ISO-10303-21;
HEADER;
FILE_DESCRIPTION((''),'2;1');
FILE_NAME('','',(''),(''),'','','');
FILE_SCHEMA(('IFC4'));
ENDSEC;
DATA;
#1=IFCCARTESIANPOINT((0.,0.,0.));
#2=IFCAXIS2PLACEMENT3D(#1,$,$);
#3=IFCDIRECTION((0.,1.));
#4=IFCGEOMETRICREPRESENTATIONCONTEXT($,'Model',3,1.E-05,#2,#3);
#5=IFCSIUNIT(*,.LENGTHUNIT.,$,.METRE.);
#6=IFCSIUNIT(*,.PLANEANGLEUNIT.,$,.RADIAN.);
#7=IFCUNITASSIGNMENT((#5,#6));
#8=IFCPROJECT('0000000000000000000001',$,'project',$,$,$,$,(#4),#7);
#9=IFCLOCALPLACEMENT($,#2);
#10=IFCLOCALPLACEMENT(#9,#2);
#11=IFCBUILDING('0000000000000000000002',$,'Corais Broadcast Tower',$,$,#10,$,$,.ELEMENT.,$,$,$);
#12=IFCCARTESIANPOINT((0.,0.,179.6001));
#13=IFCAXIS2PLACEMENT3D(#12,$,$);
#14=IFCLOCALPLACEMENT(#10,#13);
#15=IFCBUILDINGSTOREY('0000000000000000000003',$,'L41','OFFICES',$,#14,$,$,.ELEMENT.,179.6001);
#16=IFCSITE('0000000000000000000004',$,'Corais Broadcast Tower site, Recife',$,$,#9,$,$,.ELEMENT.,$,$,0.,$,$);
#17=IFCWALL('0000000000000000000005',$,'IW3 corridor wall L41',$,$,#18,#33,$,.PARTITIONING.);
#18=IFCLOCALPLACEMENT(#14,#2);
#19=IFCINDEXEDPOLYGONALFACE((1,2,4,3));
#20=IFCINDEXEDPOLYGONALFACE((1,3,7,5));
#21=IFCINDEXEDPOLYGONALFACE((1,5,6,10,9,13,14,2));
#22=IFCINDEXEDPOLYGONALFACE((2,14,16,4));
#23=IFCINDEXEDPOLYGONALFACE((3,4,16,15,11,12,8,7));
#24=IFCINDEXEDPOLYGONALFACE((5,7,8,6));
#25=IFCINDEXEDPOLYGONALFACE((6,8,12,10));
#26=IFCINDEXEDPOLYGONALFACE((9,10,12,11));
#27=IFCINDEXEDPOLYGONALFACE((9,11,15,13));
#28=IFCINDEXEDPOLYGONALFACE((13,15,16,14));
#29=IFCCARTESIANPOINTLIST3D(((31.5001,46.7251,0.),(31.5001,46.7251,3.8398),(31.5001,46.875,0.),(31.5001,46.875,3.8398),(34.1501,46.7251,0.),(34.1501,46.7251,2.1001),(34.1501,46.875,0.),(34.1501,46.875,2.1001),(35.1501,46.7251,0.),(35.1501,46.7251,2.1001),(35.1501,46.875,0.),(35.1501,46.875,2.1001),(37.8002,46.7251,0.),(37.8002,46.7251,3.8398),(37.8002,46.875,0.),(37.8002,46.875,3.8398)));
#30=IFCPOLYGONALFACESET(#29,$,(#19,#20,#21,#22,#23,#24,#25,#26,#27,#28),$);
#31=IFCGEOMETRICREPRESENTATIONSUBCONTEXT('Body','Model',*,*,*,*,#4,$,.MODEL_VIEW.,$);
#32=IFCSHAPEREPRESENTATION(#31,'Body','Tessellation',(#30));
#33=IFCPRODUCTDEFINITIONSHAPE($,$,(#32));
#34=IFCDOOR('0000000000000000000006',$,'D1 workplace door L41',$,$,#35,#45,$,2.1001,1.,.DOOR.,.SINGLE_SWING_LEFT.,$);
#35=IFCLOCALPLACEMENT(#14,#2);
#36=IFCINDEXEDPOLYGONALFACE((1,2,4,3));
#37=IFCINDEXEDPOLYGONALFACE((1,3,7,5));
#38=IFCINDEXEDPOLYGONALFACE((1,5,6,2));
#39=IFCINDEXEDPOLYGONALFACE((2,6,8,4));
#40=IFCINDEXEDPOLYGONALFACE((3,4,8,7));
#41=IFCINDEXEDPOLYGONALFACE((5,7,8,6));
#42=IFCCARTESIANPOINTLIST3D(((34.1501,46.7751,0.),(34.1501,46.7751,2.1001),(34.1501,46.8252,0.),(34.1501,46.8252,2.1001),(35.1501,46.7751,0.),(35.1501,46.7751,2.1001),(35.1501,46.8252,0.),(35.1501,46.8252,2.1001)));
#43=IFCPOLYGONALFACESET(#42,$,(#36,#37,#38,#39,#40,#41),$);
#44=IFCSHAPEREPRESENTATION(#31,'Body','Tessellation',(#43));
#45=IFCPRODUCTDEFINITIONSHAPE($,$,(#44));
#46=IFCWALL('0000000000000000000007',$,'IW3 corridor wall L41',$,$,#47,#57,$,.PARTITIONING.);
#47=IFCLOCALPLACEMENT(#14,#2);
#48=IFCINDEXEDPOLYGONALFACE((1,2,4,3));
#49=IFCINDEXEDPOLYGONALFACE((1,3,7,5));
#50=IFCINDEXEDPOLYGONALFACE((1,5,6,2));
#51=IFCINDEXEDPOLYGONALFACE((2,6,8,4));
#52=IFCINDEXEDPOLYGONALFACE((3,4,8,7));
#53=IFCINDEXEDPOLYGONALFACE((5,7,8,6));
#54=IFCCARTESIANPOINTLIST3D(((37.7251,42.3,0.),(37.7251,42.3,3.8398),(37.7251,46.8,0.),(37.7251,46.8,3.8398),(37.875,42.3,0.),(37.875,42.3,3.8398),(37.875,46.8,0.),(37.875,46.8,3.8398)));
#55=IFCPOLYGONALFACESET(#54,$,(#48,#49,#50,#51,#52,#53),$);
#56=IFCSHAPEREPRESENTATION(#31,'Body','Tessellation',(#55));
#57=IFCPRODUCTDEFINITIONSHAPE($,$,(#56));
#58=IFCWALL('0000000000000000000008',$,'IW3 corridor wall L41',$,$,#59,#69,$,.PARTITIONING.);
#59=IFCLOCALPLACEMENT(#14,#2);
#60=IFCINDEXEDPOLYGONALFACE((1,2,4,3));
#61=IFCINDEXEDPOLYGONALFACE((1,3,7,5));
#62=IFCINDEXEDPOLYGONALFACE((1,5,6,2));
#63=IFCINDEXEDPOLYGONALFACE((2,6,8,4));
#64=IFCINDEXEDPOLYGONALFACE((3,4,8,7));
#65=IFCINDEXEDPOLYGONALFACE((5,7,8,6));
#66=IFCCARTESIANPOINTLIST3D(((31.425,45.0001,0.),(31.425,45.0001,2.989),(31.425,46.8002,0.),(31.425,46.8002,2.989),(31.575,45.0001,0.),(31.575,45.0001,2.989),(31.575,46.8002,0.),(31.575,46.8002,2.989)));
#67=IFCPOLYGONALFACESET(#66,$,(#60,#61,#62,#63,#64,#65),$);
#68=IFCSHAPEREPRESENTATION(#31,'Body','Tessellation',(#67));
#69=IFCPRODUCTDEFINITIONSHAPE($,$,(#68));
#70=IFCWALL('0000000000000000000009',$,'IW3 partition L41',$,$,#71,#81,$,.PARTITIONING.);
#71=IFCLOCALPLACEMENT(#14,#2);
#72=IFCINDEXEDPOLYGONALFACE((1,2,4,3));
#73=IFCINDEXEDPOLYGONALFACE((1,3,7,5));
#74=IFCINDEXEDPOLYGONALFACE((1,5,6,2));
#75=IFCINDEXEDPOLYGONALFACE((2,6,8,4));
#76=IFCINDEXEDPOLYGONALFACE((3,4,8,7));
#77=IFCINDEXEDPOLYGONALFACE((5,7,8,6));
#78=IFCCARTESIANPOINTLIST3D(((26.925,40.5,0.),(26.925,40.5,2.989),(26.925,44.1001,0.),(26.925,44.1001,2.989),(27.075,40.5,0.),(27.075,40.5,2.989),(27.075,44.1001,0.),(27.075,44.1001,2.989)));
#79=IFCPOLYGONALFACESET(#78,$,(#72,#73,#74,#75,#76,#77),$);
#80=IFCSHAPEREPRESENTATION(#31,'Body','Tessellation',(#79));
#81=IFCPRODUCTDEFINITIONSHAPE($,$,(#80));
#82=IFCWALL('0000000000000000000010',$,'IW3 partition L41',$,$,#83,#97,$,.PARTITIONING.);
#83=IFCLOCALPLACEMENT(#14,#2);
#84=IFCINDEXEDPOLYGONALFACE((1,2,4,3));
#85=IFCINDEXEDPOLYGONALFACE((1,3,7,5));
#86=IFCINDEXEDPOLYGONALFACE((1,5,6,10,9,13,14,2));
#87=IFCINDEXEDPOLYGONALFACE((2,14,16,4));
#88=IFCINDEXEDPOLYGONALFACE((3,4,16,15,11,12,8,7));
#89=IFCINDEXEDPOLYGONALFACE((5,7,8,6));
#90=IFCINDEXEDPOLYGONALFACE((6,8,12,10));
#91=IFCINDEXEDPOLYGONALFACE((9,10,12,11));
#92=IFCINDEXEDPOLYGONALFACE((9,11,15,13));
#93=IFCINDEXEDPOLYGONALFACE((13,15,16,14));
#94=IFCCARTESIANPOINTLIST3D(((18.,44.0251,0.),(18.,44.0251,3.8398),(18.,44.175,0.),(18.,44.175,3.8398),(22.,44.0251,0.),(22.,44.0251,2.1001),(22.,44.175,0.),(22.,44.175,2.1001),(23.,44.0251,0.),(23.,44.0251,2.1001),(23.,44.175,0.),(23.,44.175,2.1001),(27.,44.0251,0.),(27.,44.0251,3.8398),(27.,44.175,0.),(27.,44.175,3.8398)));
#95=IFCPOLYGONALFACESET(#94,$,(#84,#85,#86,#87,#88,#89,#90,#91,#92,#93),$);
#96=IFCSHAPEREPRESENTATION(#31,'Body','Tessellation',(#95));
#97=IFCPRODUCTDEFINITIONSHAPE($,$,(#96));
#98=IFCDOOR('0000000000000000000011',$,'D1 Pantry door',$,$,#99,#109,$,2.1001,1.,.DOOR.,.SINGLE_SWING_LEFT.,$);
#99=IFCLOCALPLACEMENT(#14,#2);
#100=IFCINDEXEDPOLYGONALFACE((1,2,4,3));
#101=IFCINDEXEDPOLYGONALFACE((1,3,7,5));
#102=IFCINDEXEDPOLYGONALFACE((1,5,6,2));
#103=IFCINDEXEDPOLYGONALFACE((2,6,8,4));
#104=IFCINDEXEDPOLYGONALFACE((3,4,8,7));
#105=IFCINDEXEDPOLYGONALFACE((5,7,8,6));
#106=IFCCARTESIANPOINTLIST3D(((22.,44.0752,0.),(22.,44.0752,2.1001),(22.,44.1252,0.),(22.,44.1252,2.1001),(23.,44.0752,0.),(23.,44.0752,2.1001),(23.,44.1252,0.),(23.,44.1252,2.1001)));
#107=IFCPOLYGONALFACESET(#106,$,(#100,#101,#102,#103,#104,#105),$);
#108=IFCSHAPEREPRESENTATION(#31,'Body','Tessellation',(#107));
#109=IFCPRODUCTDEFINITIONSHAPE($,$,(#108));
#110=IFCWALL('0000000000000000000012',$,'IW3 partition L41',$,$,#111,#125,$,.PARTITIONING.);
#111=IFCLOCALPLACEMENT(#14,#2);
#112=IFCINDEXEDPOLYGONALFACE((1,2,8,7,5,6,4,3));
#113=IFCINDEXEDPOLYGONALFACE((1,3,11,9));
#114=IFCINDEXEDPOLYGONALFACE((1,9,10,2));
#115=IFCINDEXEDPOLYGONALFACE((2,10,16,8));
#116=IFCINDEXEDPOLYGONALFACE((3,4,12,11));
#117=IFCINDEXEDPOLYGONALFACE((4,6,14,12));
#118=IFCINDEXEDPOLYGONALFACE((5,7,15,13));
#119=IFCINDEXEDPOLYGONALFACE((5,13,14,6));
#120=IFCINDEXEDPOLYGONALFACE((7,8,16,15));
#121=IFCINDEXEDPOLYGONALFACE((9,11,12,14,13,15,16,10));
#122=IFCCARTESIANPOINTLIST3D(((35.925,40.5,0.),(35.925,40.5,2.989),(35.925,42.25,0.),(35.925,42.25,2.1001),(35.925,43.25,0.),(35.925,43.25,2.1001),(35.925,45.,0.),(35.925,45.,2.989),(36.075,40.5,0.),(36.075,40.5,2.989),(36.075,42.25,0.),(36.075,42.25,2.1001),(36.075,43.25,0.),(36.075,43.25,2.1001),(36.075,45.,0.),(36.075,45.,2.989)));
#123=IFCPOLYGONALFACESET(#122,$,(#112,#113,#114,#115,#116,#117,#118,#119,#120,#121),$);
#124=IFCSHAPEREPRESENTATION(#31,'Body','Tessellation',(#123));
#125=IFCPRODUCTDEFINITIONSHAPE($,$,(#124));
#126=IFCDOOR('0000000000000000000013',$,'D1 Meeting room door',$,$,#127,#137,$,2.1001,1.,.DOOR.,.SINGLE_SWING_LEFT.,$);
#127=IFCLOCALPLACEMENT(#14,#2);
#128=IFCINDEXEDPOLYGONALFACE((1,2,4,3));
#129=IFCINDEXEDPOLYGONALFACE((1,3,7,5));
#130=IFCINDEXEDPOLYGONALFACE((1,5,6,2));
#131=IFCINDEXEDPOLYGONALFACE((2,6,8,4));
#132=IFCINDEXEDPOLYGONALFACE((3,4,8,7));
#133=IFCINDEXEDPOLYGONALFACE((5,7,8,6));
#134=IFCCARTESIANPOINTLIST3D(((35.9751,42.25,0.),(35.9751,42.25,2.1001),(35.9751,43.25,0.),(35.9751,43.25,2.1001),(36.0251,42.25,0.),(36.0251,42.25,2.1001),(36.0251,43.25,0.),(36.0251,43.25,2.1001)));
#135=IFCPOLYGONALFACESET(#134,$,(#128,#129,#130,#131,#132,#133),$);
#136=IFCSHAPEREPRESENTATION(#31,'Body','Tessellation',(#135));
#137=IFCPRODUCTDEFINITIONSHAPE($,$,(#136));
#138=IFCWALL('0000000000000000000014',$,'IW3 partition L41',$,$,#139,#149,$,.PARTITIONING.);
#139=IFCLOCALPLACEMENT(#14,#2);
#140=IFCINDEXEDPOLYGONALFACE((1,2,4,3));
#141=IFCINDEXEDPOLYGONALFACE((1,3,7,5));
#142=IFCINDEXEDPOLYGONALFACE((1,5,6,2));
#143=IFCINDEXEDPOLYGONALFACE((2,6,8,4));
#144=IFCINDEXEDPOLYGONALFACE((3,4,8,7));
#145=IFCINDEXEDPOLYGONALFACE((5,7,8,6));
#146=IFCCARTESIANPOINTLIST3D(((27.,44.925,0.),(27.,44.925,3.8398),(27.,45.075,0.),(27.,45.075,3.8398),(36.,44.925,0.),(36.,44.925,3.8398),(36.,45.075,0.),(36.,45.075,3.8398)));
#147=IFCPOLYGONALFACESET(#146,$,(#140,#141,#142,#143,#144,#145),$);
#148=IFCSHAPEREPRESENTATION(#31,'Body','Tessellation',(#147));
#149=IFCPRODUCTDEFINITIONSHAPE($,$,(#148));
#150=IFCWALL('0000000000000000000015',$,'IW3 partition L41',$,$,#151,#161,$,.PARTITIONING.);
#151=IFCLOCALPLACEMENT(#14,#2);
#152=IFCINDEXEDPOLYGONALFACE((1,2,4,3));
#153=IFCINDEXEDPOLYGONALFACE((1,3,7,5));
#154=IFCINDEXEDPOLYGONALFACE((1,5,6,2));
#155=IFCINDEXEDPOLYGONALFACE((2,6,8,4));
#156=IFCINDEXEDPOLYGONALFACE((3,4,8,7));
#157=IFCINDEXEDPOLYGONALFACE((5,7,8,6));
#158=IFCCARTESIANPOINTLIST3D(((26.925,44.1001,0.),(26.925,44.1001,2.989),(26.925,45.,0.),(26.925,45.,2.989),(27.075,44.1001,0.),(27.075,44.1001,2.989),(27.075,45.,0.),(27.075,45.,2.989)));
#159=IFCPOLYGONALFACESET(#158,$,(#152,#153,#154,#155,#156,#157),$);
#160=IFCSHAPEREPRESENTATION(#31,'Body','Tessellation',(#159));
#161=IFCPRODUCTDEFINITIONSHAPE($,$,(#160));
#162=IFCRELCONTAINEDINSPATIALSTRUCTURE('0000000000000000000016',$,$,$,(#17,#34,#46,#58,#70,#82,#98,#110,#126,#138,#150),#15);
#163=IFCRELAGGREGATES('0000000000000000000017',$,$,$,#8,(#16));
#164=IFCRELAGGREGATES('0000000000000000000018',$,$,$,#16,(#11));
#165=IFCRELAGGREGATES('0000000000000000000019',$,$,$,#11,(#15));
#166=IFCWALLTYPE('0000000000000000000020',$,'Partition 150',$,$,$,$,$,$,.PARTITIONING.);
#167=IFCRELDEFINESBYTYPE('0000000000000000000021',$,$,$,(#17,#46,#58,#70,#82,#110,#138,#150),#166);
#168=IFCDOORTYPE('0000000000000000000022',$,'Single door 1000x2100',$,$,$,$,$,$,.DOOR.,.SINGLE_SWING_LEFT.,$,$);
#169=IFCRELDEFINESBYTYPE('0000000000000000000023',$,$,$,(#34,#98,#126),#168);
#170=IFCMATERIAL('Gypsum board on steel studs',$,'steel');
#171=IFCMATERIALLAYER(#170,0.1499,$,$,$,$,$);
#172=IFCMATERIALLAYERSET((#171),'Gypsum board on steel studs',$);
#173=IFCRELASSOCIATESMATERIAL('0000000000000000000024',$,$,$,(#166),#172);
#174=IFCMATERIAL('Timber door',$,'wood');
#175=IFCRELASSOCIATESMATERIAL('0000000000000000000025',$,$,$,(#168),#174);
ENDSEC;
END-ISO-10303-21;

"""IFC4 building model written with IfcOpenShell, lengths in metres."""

from ifc_helpers import new_model, si_unit, direction, frame, frame_2d, origin, place, context, subcontext, project, spatial, rectangle, extrude, material, layer, layer_set, type_object, element, fill, save


model = new_model("IFC4")

# Units and contexts
model_context = context("Model", 3, precision=1e-05, world=origin(), true_north=direction((0.0, 1.0)))
body_context = subcontext(model_context, "Body", "Model", "MODEL_VIEW")
ifc_project = project(units=[si_unit("LENGTHUNIT", "METRE"), si_unit("PLANEANGLEUNIT", "RADIAN")], contexts=[model_context])

# Site, building, storey
site_placement = place(None, origin())
site = spatial("IfcSite", under=ifc_project, at=site_placement, Name="Corais Broadcast Tower site, Recife", CompositionType="ELEMENT", RefElevation=0.0)
building_placement = place(site_placement, origin())
building = spatial("IfcBuilding", under=site, at=building_placement, Name="Corais Broadcast Tower", CompositionType="ELEMENT")
storey_placement = place(building_placement, frame((0.0, 0.0, 179.6001)))
storey = spatial("IfcBuildingStorey", under=building, at=storey_placement, Name="L41", Description="OFFICES", CompositionType="ELEMENT", Elevation=179.6001)

# Wall, opening, door
ifc_material_1 = material(Name="Gypsum board on steel studs", Category="steel")
ifc_layer_1 = layer(ifc_material_1, 0.1499)
ifc_layer_set_1 = layer_set([ifc_layer_1], Name="Gypsum board on steel studs")
wall_type_1 = type_object("IfcWallType", Name="Partition 150", PredefinedType="PARTITIONING", material=ifc_layer_set_1)
wall_1_placement = place(storey_placement, frame((37.8, 46.8, 0.0), z_axis=(0.0, 0.0, 1.0), x_axis=(-1.0, 0.0, 0.0)))
wall_1 = element("IfcWall", 1, at=wall_1_placement, inside=storey, type_object=wall_type_1, Name="IW3 corridor wall L41", PredefinedType="PARTITIONING", context=body_context, shape_type="SweptSolid", body=[
    extrude(rectangle(XDim=6.3, YDim=0.1499, at=frame_2d((3.1499, 0.0))), origin(), (0.0, 0.0, 1.0), 3.8398),
])
opening_1_placement = place(wall_1_placement, frame((2.6499, 0.0, 0.0)))
opening_1 = element("IfcOpeningElement", 2, at=opening_1_placement, cuts=wall_1, PredefinedType="OPENING", context=body_context, shape_type="SweptSolid", body=[
    extrude(rectangle(XDim=1.0, YDim=2.1001, at=frame_2d((0.5, 1.05))), frame((0.0, 0.085, 0.0), z_axis=(0.0, -1.0, 0.0), x_axis=(1.0, 0.0, 0.0)), (0.0, 0.0, 1.0), 0.1699),
])
ifc_material_2 = material(Name="Timber door", Category="wood")
door_type = type_object("IfcDoorType", Name="Single door 1000x2100", OperationType="SINGLE_SWING_LEFT", PredefinedType="DOOR", material=ifc_material_2)
door_1_placement = place(opening_1_placement, origin())
door_1 = element("IfcDoor", 3, at=door_1_placement, inside=storey, type_object=door_type, Name="D1 workplace door L41", OperationType="SINGLE_SWING_LEFT", OverallHeight=2.1001, OverallWidth=1.0, PredefinedType="DOOR", context=body_context, shape_type="SweptSolid", body=[
    extrude(rectangle(XDim=1.0, YDim=2.1001, at=frame_2d((0.5, 1.05))), frame((0.0, 0.0249, 0.0), z_axis=(0.0, -1.0, 0.0), x_axis=(1.0, 0.0, 0.0)), (0.0, 0.0, 1.0), 0.05),
])
fill(opening_1, door_1)

# Walls
wall_2_placement = place(storey_placement, frame((37.8, 42.3, 0.0), z_axis=(0.0, 0.0, 1.0), x_axis=(0.0, 1.0, 0.0)))
element("IfcWall", 4, at=wall_2_placement, inside=storey, type_object=wall_type_1, Name="IW3 corridor wall L41", PredefinedType="PARTITIONING", context=body_context, shape_type="SweptSolid", body=[
    extrude(rectangle(XDim=4.5, YDim=0.1499, at=frame_2d((2.25, 0.0))), origin(), (0.0, 0.0, 1.0), 3.8398),
])
wall_3_placement = place(storey_placement, frame((31.5, 46.8, 0.0), z_axis=(0.0, 0.0, 1.0), x_axis=(0.0, -1.0, 0.0)))
element("IfcWall", 5, at=wall_3_placement, inside=storey, type_object=wall_type_1, Name="IW3 corridor wall L41", PredefinedType="PARTITIONING", context=body_context, shape_type="SweptSolid", body=[
    extrude(rectangle(XDim=1.8, YDim=0.1499, at=frame_2d((0.8999, 0.0))), origin(), (0.0, 0.0, 1.0), 2.989),
])
wall_4_placement = place(storey_placement, frame((27.0, 40.5, 0.0), z_axis=(0.0, 0.0, 1.0), x_axis=(0.0, 1.0, 0.0)))
element("IfcWall", 6, at=wall_4_placement, inside=storey, type_object=wall_type_1, Name="IW3 partition L41", PredefinedType="PARTITIONING", context=body_context, shape_type="SweptSolid", body=[
    extrude(rectangle(XDim=3.6001, YDim=0.1499, at=frame_2d((1.8, 0.0))), origin(), (0.0, 0.0, 1.0), 2.989),
])

# Walls, openings, doors
wall_5_placement = place(storey_placement, frame((27.0, 44.1001, 0.0), z_axis=(0.0, 0.0, 1.0), x_axis=(-1.0, 0.0, 0.0)))
wall_5 = element("IfcWall", 7, at=wall_5_placement, inside=storey, type_object=wall_type_1, Name="IW3 partition L41", PredefinedType="PARTITIONING", context=body_context, shape_type="SweptSolid", body=[
    extrude(rectangle(XDim=9.0, YDim=0.1499, at=frame_2d((4.5, 0.0))), origin(), (0.0, 0.0, 1.0), 3.8398),
])
opening_2_placement = place(wall_5_placement, frame((4.0, 0.0, 0.0)))
opening_2 = element("IfcOpeningElement", 8, at=opening_2_placement, cuts=wall_5, PredefinedType="OPENING", context=body_context, shape_type="SweptSolid", body=[
    extrude(rectangle(XDim=1.0, YDim=2.1001, at=frame_2d((0.5, 1.05))), frame((0.0, 0.085, 0.0), z_axis=(0.0, -1.0, 0.0), x_axis=(1.0, 0.0, 0.0)), (0.0, 0.0, 1.0), 0.1699),
])
door_2_placement = place(opening_2_placement, origin())
door_2 = element("IfcDoor", 9, at=door_2_placement, inside=storey, type_object=door_type, Name="D1 Pantry door", OperationType="SINGLE_SWING_LEFT", OverallHeight=2.1001, OverallWidth=1.0, PredefinedType="DOOR", context=body_context, shape_type="SweptSolid", body=[
    extrude(rectangle(XDim=1.0, YDim=2.1001, at=frame_2d((0.5, 1.05))), frame((0.0, 0.0249, 0.0), z_axis=(0.0, -1.0, 0.0), x_axis=(1.0, 0.0, 0.0)), (0.0, 0.0, 1.0), 0.05),
])
fill(opening_2, door_2)
wall_6_placement = place(storey_placement, frame((36.0, 40.5, 0.0), z_axis=(0.0, 0.0, 1.0), x_axis=(0.0, 1.0, 0.0)))
wall_6 = element("IfcWall", 10, at=wall_6_placement, inside=storey, type_object=wall_type_1, Name="IW3 partition L41", PredefinedType="PARTITIONING", context=body_context, shape_type="SweptSolid", body=[
    extrude(rectangle(XDim=4.5, YDim=0.1499, at=frame_2d((2.25, 0.0))), origin(), (0.0, 0.0, 1.0), 2.989),
])
opening_3_placement = place(wall_6_placement, frame((1.75, 0.0, 0.0)))
opening_3 = element("IfcOpeningElement", 11, at=opening_3_placement, cuts=wall_6, PredefinedType="OPENING", context=body_context, shape_type="SweptSolid", body=[
    extrude(rectangle(XDim=1.0, YDim=2.1001, at=frame_2d((0.5, 1.05))), frame((0.0, 0.085, 0.0), z_axis=(0.0, -1.0, 0.0), x_axis=(1.0, 0.0, 0.0)), (0.0, 0.0, 1.0), 0.1699),
])
door_3_placement = place(opening_3_placement, origin())
door_3 = element("IfcDoor", 12, at=door_3_placement, inside=storey, type_object=door_type, Name="D1 Meeting room door", OperationType="SINGLE_SWING_LEFT", OverallHeight=2.1001, OverallWidth=1.0, PredefinedType="DOOR", context=body_context, shape_type="SweptSolid", body=[
    extrude(rectangle(XDim=1.0, YDim=2.1001, at=frame_2d((0.5, 1.05))), frame((0.0, 0.0249, 0.0), z_axis=(0.0, -1.0, 0.0), x_axis=(1.0, 0.0, 0.0)), (0.0, 0.0, 1.0), 0.05),
])
fill(opening_3, door_3)

# Walls
wall_7_placement = place(storey_placement, frame((36.0, 45.0, 0.0), z_axis=(0.0, 0.0, 1.0), x_axis=(-1.0, 0.0, 0.0)))
element("IfcWall", 13, at=wall_7_placement, inside=storey, type_object=wall_type_1, Name="IW3 partition L41", PredefinedType="PARTITIONING", context=body_context, shape_type="SweptSolid", body=[
    extrude(rectangle(XDim=9.0, YDim=0.1499, at=frame_2d((4.5, 0.0))), origin(), (0.0, 0.0, 1.0), 3.8398),
])
wall_8_placement = place(storey_placement, frame((27.0, 45.0, 0.0), z_axis=(0.0, 0.0, 1.0), x_axis=(0.0, -1.0, 0.0)))
element("IfcWall", 14, at=wall_8_placement, inside=storey, type_object=wall_type_1, Name="IW3 partition L41", PredefinedType="PARTITIONING", context=body_context, shape_type="SweptSolid", body=[
    extrude(rectangle(XDim=0.8999, YDim=0.1499, at=frame_2d((0.45, 0.0))), origin(), (0.0, 0.0, 1.0), 2.989),
])

save(model, "model.ifc")
